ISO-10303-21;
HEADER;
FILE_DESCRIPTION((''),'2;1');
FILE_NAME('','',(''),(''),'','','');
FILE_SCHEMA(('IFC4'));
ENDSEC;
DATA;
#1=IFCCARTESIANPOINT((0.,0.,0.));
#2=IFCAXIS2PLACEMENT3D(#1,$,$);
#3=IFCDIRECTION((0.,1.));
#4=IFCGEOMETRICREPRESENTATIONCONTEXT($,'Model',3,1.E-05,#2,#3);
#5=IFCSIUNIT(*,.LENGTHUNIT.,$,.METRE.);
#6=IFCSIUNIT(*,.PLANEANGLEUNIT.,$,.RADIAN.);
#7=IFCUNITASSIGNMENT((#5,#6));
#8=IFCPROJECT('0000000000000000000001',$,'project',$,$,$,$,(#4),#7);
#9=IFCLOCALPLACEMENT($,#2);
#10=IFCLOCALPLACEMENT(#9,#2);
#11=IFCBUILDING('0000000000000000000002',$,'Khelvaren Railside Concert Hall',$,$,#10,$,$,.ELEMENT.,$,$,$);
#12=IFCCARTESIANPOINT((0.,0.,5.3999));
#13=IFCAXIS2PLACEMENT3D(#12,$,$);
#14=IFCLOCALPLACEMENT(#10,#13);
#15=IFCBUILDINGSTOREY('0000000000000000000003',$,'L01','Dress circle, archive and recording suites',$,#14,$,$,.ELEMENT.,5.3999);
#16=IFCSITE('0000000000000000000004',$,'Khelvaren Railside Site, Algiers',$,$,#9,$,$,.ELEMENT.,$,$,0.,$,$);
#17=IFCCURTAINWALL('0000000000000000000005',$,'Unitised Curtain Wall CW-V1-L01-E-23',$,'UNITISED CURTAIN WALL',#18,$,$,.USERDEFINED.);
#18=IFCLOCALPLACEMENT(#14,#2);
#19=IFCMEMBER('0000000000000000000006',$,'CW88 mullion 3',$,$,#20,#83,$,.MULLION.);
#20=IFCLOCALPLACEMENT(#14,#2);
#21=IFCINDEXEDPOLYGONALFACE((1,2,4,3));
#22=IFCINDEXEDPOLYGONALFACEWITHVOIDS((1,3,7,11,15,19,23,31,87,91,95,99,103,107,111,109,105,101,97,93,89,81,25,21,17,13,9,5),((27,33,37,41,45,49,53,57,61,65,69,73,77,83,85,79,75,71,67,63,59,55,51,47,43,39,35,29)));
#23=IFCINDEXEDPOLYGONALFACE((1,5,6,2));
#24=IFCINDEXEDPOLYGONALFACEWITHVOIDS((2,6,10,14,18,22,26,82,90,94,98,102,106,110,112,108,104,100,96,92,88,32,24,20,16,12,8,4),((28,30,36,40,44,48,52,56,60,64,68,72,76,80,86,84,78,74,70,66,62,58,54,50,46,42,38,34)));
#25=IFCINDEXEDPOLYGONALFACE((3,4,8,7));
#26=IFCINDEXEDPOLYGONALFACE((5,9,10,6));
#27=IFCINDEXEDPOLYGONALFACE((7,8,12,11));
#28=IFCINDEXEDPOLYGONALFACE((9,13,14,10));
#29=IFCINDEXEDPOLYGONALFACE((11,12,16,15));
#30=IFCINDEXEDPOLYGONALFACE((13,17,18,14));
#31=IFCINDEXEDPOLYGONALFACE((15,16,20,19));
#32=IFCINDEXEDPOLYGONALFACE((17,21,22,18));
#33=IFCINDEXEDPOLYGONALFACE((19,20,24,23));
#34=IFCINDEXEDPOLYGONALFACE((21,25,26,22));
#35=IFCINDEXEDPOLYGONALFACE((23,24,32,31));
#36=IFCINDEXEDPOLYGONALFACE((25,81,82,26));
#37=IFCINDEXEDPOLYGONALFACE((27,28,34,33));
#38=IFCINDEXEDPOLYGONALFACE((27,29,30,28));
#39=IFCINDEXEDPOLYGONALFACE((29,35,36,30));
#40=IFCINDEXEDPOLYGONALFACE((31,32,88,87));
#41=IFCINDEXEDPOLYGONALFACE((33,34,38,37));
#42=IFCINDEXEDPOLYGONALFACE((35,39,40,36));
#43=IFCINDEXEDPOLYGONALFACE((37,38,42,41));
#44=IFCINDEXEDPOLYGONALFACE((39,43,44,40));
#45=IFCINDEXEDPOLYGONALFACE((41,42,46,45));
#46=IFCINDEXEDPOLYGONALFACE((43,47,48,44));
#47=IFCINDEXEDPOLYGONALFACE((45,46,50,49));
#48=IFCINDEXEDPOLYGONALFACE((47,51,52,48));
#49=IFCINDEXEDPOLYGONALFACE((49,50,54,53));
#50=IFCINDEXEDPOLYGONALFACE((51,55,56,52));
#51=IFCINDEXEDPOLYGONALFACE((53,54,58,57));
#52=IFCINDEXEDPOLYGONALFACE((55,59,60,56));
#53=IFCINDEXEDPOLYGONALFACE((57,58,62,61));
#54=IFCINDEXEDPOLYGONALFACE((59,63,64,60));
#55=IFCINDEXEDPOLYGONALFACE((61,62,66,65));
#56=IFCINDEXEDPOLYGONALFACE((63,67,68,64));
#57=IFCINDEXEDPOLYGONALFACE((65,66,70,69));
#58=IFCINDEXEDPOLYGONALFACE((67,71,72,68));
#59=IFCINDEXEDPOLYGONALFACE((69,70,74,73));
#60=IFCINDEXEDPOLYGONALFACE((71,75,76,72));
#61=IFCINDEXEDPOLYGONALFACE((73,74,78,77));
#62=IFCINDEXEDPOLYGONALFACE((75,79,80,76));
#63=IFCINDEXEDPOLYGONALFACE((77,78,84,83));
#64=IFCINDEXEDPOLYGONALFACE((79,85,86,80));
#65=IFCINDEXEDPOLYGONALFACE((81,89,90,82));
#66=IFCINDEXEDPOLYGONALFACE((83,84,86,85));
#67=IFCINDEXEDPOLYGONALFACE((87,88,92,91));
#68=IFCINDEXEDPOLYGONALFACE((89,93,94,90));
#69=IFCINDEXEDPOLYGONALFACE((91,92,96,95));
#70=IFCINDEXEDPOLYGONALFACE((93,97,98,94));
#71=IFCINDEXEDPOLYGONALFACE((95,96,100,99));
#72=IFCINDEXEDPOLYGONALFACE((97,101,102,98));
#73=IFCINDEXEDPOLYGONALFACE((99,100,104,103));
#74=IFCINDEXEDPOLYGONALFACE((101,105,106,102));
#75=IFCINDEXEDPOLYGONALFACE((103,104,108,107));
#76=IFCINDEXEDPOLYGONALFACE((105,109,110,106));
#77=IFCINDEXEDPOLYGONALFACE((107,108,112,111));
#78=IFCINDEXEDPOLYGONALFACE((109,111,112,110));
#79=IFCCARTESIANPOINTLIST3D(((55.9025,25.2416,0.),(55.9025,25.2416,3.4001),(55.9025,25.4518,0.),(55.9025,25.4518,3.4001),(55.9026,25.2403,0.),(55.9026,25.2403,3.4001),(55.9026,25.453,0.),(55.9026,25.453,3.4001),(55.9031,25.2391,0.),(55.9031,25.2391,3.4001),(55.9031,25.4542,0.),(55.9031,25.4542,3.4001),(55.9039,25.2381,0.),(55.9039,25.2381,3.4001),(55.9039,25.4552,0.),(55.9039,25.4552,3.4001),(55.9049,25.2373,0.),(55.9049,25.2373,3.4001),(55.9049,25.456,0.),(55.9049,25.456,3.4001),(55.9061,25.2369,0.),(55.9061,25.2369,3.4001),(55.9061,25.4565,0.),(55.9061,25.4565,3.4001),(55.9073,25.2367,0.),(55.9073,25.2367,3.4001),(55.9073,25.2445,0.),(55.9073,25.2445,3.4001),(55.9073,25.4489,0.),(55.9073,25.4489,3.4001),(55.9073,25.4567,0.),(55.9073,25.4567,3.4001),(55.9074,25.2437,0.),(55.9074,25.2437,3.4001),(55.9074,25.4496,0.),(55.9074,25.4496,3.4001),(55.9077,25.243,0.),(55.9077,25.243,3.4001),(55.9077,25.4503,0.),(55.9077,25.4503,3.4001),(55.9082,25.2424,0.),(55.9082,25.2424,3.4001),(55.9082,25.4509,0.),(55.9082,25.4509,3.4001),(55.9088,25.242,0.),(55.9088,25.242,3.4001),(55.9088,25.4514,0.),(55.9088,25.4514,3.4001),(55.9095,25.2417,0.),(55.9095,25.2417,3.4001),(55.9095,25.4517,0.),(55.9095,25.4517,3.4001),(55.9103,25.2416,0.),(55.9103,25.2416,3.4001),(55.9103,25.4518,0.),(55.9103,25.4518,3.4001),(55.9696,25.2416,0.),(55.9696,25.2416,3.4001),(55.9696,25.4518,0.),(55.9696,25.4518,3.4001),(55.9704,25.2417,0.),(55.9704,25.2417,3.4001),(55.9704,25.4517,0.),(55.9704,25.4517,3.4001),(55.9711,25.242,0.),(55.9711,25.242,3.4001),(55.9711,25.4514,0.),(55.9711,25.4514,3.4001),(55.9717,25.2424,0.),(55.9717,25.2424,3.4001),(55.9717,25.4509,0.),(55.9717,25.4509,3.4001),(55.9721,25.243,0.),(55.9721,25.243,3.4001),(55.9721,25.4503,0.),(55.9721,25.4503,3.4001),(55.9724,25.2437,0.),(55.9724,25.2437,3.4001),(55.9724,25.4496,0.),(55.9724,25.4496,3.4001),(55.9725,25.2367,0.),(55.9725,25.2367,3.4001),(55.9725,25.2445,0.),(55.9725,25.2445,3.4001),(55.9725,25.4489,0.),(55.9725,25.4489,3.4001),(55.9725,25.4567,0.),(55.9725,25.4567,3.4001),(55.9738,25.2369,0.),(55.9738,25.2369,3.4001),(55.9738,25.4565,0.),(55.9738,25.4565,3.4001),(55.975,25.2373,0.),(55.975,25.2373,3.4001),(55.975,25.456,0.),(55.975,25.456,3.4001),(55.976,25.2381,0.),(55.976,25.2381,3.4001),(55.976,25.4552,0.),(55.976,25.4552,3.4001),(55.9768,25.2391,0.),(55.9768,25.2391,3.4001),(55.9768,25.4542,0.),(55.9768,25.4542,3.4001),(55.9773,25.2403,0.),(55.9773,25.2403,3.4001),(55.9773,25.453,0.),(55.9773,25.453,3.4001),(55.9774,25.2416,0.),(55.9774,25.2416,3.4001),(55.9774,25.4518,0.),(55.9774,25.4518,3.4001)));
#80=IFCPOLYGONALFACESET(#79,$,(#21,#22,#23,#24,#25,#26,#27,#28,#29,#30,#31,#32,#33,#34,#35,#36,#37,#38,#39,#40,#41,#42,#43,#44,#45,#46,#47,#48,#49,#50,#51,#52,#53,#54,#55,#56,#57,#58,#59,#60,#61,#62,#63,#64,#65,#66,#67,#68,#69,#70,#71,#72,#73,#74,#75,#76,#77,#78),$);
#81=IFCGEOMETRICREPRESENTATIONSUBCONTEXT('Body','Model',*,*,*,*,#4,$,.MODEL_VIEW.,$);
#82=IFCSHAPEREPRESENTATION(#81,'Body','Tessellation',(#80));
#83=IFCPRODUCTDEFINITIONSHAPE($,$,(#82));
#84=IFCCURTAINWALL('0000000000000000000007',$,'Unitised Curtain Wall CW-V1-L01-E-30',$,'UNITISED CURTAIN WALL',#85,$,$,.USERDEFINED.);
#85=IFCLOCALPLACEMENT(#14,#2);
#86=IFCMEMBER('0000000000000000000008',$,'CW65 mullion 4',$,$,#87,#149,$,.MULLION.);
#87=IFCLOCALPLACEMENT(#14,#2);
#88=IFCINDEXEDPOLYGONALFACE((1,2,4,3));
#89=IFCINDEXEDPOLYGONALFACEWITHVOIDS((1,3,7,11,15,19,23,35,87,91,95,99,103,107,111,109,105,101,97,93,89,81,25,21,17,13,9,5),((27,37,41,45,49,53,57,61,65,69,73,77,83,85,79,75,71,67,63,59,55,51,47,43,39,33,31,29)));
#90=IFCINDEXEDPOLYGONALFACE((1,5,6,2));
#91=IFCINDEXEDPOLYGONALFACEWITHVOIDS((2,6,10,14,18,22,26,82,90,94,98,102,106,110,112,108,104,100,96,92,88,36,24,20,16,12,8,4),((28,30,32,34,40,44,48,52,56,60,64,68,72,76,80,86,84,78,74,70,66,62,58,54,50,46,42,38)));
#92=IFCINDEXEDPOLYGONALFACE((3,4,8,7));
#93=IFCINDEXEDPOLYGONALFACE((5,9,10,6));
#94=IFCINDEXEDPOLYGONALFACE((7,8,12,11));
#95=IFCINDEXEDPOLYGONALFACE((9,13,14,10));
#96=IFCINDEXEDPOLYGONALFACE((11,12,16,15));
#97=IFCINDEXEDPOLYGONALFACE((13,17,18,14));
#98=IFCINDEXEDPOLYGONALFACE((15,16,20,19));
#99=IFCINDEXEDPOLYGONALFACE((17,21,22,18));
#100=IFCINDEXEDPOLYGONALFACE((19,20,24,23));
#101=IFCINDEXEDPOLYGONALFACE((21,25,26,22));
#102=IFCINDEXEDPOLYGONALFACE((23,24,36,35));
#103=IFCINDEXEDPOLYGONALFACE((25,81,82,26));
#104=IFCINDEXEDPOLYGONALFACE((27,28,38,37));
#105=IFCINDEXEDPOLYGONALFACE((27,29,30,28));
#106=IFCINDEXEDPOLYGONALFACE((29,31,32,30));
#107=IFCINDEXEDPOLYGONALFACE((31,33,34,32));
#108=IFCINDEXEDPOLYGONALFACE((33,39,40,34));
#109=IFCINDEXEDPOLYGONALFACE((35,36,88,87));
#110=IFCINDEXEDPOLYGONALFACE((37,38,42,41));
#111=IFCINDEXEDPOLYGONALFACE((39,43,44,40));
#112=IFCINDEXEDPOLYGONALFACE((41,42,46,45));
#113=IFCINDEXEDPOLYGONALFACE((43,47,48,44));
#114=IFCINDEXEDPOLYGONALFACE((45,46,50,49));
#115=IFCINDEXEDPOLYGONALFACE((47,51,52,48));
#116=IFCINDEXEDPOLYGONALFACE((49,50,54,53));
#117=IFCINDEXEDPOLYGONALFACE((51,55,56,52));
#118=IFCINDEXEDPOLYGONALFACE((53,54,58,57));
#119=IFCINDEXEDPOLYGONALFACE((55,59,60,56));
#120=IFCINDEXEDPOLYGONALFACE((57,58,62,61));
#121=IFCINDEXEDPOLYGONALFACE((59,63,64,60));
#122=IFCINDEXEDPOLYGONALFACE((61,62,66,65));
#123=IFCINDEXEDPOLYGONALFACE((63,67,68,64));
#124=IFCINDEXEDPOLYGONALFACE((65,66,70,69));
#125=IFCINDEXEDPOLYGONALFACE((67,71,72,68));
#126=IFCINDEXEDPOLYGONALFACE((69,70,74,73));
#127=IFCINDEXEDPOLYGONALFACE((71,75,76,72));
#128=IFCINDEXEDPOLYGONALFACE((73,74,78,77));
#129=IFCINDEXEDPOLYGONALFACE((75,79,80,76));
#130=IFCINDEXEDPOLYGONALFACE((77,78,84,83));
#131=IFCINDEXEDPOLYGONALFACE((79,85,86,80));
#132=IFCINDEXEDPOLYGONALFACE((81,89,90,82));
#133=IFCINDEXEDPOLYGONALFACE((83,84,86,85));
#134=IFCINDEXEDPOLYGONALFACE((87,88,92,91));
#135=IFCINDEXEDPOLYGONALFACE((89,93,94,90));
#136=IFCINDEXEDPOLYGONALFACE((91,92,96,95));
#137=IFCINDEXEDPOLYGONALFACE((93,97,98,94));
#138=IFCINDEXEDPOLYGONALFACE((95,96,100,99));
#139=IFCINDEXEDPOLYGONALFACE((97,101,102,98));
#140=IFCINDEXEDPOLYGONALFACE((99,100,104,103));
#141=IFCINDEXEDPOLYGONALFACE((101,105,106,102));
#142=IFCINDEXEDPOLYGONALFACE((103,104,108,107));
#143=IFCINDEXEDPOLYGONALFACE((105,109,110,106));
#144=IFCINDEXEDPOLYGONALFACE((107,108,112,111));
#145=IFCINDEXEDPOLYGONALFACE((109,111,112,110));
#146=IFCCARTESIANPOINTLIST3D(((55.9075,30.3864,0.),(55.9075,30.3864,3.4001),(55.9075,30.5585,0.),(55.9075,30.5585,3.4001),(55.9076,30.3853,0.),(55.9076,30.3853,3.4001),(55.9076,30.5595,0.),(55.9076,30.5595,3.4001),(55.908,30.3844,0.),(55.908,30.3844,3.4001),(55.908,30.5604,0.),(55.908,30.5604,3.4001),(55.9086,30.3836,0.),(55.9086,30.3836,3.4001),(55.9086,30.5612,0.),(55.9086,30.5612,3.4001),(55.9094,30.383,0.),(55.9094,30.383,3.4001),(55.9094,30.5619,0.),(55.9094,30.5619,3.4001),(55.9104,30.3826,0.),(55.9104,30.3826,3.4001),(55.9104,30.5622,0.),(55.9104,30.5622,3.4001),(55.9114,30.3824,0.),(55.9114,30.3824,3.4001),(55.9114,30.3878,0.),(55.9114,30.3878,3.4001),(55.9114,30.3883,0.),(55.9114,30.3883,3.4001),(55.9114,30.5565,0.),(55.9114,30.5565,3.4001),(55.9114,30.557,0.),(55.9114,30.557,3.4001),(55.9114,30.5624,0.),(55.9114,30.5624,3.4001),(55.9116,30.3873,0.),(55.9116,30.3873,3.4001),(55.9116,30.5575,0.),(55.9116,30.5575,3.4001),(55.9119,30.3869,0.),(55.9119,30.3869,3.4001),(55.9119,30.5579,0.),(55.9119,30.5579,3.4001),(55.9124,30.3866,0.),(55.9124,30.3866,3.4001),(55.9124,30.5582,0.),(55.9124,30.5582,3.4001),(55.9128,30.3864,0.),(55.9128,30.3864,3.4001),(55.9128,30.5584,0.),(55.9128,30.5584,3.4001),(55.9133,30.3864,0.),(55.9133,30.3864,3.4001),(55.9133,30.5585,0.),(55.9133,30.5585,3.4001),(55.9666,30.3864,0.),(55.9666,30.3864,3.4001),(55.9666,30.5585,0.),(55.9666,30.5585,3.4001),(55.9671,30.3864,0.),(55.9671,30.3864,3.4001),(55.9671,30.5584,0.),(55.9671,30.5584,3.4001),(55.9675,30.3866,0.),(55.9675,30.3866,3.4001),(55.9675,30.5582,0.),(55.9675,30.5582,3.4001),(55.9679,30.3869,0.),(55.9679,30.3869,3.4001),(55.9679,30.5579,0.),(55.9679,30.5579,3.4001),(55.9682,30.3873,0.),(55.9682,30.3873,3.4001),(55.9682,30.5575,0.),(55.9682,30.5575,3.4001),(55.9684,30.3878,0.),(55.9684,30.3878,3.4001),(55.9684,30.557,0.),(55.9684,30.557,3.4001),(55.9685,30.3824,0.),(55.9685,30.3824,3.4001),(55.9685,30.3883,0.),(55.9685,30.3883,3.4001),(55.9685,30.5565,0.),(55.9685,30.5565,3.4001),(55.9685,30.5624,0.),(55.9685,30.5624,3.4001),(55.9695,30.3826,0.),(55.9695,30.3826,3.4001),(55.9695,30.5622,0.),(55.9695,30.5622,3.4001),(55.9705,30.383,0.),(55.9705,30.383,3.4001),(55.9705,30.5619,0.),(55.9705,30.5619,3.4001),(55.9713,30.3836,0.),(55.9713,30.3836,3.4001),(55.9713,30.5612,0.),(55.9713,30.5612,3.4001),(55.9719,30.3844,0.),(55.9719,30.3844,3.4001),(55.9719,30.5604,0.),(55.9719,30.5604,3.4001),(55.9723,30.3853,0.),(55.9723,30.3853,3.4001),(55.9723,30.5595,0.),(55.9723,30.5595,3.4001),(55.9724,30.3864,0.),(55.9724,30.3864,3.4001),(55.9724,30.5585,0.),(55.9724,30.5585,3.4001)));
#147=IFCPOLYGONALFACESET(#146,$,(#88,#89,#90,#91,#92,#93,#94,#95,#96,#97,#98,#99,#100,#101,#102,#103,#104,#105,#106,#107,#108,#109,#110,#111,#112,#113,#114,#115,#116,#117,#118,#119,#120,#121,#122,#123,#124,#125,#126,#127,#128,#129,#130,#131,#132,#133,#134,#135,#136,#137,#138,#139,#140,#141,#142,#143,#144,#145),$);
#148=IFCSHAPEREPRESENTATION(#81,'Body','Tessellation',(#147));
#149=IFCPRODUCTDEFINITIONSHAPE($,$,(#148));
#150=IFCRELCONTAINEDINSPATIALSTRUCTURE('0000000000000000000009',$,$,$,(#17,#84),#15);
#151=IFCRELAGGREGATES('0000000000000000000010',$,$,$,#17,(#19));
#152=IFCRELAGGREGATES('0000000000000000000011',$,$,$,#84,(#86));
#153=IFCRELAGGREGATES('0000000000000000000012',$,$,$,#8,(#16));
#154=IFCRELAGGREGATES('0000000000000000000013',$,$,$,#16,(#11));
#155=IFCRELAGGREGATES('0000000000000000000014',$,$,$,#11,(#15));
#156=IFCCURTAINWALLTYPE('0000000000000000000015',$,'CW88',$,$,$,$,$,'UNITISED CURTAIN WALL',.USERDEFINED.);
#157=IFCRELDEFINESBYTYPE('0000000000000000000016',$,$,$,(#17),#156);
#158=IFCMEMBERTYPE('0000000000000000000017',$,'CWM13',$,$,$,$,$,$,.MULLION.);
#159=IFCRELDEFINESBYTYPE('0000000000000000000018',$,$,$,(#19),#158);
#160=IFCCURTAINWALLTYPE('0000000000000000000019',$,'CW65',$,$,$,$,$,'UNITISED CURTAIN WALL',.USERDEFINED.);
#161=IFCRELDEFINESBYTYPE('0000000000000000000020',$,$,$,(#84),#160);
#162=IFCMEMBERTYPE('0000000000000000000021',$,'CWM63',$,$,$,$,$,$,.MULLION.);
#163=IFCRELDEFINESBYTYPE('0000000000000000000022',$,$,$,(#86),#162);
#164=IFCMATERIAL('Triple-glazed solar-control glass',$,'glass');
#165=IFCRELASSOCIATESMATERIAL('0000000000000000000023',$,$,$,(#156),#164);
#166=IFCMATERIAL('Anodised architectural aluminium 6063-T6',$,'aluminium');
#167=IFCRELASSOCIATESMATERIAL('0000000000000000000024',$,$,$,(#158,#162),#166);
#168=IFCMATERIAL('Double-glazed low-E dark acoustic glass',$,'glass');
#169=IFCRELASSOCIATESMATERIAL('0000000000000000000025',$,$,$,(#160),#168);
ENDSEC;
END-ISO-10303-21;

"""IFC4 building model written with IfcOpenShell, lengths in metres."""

from ifc_helpers import new_model, si_unit, direction, frame, origin, origin_2d, place, context, subcontext, project, spatial, hollow_rectangle, extrude, material, material_profile, profile_set, type_object, element, aggregate, save


model = new_model("IFC4")

# Units and contexts
model_context = context("Model", 3, precision=1e-05, world=origin(), true_north=direction((0.0, 1.0)))
body_context = subcontext(model_context, "Body", "Model", "MODEL_VIEW")
ifc_project = project(units=[si_unit("LENGTHUNIT", "METRE"), si_unit("PLANEANGLEUNIT", "RADIAN")], contexts=[model_context])

# Site, building, storey
site_placement = place(None, origin())
site = spatial("IfcSite", under=ifc_project, at=site_placement, Name="Khelvaren Railside Site, Algiers", CompositionType="ELEMENT", RefElevation=0.0)
building_placement = place(site_placement, origin())
building = spatial("IfcBuilding", under=site, at=building_placement, Name="Khelvaren Railside Concert Hall", CompositionType="ELEMENT")
storey_placement = place(building_placement, frame((0.0, 0.0, 5.3999)))
storey = spatial("IfcBuildingStorey", under=building, at=storey_placement, Name="L01", Description="Dress circle, archive and recording suites", CompositionType="ELEMENT", Elevation=5.3999)

# Curtain wall, member
ifc_material_1 = material(Name="Triple-glazed solar-control glass", Category="glass")
curtain_wall_type_1 = type_object("IfcCurtainWallType", Name="CW88", ElementType="UNITISED CURTAIN WALL", PredefinedType="USERDEFINED", material=ifc_material_1)
curtain_wall_1_placement = place(storey_placement, origin())
curtain_wall_1 = element("IfcCurtainWall", 1, at=curtain_wall_1_placement, inside=storey, type_object=curtain_wall_type_1, Name="Unitised Curtain Wall CW-V1-L01-E-23", ObjectType="UNITISED CURTAIN WALL", PredefinedType="USERDEFINED")
ifc_material_2 = material(Name="Anodised architectural aluminium 6063-T6", Category="aluminium")
ifc_material_profile_1 = material_profile(ifc_material_2, hollow_rectangle(XDim=0.075, YDim=0.22, WallThickness=0.0049, InnerFilletRadius=0.0029, OuterFilletRadius=0.0049, at=origin_2d()), Name="CWM 75x220x5")
ifc_profile_set_1 = profile_set([ifc_material_profile_1], Name="Anodised architectural aluminium 6063-T6")
member_type_1 = type_object("IfcMemberType", Name="CWM13", PredefinedType="MULLION", material=ifc_profile_set_1)
member_1_placement = place(storey_placement, frame((55.9399, 25.3467, 0.0), z_axis=(0.0, 0.0, 1.0), x_axis=(1.0, 0.0, 0.0)))
member_1 = element("IfcMember", 2, at=member_1_placement, type_object=member_type_1, Name="CW88 mullion 3", PredefinedType="MULLION", context=body_context, shape_type="SweptSolid", body=[
    extrude(hollow_rectangle(XDim=0.075, YDim=0.22, WallThickness=0.0049, InnerFilletRadius=0.0029, OuterFilletRadius=0.0049, at=origin_2d()), origin(), (0.0, 0.0, 1.0), 3.4001),
])

# Curtain wall, member
ifc_material_3 = material(Name="Double-glazed low-E dark acoustic glass", Category="glass")
curtain_wall_type_2 = type_object("IfcCurtainWallType", Name="CW65", ElementType="UNITISED CURTAIN WALL", PredefinedType="USERDEFINED", material=ifc_material_3)
curtain_wall_2_placement = place(storey_placement, origin())
curtain_wall_2 = element("IfcCurtainWall", 3, at=curtain_wall_2_placement, inside=storey, type_object=curtain_wall_type_2, Name="Unitised Curtain Wall CW-V1-L01-E-30", ObjectType="UNITISED CURTAIN WALL", PredefinedType="USERDEFINED")
ifc_material_profile_2 = material_profile(ifc_material_2, hollow_rectangle(XDim=0.0649, YDim=0.1799, WallThickness=0.0039, InnerFilletRadius=0.002, OuterFilletRadius=0.0039, at=origin_2d()), Name="CWM 65x180x4")
ifc_profile_set_2 = profile_set([ifc_material_profile_2], Name="Anodised architectural aluminium 6063-T6")
member_type_2 = type_object("IfcMemberType", Name="CWM63", PredefinedType="MULLION", material=ifc_profile_set_2)
member_2_placement = place(storey_placement, frame((55.9399, 30.4724, 0.0), z_axis=(0.0, 0.0, 1.0), x_axis=(1.0, 0.0, 0.0)))
member_2 = element("IfcMember", 4, at=member_2_placement, type_object=member_type_2, Name="CW65 mullion 4", PredefinedType="MULLION", context=body_context, shape_type="SweptSolid", body=[
    extrude(hollow_rectangle(XDim=0.0649, YDim=0.1799, WallThickness=0.0039, InnerFilletRadius=0.002, OuterFilletRadius=0.0039, at=origin_2d()), origin(), (0.0, 0.0, 1.0), 3.4001),
])

aggregate(curtain_wall_1, [member_1])
aggregate(curtain_wall_2, [member_2])

save(model, "model.ifc")
